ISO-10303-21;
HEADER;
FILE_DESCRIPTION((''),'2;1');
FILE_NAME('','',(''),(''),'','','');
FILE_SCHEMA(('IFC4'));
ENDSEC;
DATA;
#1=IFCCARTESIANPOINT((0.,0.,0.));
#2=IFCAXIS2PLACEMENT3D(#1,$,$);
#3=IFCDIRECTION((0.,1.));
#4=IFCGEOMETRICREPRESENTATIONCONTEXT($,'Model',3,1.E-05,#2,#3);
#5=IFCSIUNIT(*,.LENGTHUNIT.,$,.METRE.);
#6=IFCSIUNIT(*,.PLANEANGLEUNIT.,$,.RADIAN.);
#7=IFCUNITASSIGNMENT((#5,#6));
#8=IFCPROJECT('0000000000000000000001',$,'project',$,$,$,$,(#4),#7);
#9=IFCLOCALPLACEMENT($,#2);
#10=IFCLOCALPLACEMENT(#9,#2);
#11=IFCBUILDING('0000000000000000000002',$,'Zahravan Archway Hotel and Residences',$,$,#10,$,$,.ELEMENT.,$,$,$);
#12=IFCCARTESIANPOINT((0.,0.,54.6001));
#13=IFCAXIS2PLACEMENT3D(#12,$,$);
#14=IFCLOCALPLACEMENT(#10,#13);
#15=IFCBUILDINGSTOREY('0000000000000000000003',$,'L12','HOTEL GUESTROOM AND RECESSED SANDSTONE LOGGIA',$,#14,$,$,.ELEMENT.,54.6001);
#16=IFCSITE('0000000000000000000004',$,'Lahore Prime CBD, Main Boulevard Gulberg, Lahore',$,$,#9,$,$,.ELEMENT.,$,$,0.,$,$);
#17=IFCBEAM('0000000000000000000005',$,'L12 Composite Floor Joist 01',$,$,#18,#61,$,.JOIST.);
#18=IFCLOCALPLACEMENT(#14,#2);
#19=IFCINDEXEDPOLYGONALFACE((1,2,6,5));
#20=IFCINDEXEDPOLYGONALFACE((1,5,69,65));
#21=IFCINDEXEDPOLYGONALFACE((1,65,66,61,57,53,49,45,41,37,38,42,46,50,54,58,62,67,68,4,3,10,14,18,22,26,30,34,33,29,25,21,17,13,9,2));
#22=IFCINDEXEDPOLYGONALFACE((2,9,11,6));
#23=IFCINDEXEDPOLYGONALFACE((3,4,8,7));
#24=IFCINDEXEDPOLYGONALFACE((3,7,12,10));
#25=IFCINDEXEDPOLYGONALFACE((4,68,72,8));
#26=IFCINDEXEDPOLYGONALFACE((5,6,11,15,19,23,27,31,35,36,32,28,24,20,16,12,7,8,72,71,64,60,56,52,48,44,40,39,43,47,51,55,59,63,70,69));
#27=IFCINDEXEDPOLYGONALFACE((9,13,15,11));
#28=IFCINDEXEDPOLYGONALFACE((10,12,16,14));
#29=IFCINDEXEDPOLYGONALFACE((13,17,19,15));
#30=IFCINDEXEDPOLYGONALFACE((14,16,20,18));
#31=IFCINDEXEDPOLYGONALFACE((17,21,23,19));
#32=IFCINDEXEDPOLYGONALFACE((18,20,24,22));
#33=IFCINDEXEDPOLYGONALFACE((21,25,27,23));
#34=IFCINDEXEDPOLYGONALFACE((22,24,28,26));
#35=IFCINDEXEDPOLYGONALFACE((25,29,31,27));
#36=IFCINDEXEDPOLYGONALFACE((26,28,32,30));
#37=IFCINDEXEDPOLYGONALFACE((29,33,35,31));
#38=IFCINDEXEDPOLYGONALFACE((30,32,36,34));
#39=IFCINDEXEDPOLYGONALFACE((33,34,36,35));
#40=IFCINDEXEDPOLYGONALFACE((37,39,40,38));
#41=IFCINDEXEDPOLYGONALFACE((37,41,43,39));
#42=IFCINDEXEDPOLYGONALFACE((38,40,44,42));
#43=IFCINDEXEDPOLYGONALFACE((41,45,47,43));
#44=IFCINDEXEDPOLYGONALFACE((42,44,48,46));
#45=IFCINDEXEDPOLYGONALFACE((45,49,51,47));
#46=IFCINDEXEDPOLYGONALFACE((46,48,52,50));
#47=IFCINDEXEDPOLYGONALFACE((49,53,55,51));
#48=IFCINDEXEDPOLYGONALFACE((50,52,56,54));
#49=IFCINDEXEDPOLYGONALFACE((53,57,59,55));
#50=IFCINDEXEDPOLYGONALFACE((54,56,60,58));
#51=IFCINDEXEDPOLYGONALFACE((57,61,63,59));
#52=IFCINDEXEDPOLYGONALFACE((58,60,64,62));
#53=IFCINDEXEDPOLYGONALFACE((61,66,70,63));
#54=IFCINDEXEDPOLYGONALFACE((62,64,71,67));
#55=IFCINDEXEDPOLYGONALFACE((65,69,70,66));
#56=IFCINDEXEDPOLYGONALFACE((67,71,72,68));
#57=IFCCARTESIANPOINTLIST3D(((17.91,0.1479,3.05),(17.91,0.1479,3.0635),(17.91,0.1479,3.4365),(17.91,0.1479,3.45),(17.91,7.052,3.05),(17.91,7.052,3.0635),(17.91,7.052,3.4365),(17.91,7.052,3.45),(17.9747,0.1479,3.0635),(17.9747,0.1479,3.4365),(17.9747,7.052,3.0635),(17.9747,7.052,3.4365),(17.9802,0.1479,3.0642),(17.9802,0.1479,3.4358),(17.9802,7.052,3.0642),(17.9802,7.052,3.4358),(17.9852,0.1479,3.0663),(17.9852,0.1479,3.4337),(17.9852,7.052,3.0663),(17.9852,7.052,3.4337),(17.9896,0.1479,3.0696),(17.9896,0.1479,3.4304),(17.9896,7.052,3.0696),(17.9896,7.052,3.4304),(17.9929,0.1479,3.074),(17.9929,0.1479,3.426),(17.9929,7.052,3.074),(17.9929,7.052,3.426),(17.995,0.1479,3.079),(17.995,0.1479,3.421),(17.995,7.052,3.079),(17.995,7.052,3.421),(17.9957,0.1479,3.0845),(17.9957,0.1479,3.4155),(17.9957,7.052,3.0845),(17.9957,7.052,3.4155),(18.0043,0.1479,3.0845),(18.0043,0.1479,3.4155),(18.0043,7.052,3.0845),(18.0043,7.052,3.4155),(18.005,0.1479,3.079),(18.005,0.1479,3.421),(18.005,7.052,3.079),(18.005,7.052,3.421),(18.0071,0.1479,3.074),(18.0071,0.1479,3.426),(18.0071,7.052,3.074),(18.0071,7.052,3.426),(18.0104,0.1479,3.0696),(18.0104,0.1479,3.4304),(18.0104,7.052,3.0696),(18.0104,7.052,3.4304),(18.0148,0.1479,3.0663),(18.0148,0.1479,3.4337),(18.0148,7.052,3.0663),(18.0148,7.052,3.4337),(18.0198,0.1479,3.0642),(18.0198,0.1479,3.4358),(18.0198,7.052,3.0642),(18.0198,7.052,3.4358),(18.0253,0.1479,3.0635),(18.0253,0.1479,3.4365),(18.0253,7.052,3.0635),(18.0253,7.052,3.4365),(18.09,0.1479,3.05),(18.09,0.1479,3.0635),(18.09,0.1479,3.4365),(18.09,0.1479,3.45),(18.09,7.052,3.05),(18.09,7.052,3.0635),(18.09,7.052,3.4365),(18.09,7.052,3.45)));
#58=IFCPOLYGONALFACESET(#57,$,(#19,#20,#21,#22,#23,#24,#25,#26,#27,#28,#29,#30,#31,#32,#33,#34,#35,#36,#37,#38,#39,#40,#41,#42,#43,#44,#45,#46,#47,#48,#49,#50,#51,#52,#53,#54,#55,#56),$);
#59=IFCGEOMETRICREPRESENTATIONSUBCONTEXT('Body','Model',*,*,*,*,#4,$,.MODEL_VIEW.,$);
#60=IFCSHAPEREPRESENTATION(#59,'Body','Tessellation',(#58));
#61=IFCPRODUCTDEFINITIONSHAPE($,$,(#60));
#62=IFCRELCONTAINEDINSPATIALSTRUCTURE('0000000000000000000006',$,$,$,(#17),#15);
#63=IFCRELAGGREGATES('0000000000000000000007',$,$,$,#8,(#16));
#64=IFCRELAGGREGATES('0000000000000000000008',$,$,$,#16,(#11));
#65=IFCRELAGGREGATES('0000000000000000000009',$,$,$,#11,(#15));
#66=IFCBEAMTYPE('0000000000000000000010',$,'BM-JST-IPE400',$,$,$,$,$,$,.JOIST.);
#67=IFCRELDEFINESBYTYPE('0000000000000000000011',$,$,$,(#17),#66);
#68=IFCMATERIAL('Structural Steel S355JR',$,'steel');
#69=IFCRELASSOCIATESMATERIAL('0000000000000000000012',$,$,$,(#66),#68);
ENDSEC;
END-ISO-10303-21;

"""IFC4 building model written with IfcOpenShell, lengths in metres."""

from ifc_helpers import new_model, si_unit, direction, frame, origin, origin_2d, place, context, subcontext, project, spatial, i_section, extrude, source, transform, mapped, material, material_profile, profile_set, type_object, type_shapes, element, save


model = new_model("IFC4")

# Units and contexts
model_context = context("Model", 3, precision=1e-05, world=origin(), true_north=direction((0.0, 1.0)))
body_context = subcontext(model_context, "Body", "Model", "MODEL_VIEW")
ifc_project = project(units=[si_unit("LENGTHUNIT", "METRE"), si_unit("PLANEANGLEUNIT", "RADIAN")], contexts=[model_context])

# Site, building, storey
site_placement = place(None, origin())
site = spatial("IfcSite", under=ifc_project, at=site_placement, Name="Lahore Prime CBD, Main Boulevard Gulberg, Lahore", CompositionType="ELEMENT", RefElevation=0.0)
building_placement = place(site_placement, origin())
building = spatial("IfcBuilding", under=site, at=building_placement, Name="Zahravan Archway Hotel and Residences", CompositionType="ELEMENT")
storey_placement = place(building_placement, frame((0.0, 0.0, 54.6001)))
storey = spatial("IfcBuildingStorey", under=building, at=storey_placement, Name="L12", Description="HOTEL GUESTROOM AND RECESSED SANDSTONE LOGGIA", CompositionType="ELEMENT", Elevation=54.6001)

# Beam
ifc_material_1 = material(Name="Structural Steel S355JR", Category="steel")
ifc_material_profile = material_profile(ifc_material_1, i_section(OverallWidth=0.1799, OverallDepth=0.3999, WebThickness=0.0085, FlangeThickness=0.0134, FilletRadius=0.021, at=origin_2d()), Name="IPE 400", Category="steel")
ifc_profile_set = profile_set([ifc_material_profile], Name="Structural Steel S355JR")
beam_type = type_object("IfcBeamType", Name="BM-JST-IPE400", PredefinedType="JOIST", material=ifc_profile_set)
shared_shape_1 = source(origin(), body_context, "Body", "SweptSolid", [
    extrude(i_section(OverallWidth=0.1799, OverallDepth=0.3999, WebThickness=0.0085, FlangeThickness=0.0134, FilletRadius=0.021, at=origin_2d()), origin(), (0.0, 0.0, 1.0), 6.9041),
])
type_shapes(beam_type, [shared_shape_1])
beam_placement = place(storey_placement, frame((18.0, 0.1479, 3.25), z_axis=(0.0, 1.0, 0.0), x_axis=(-1.0, 0.0, 0.0)))
element("IfcBeam", 1, at=beam_placement, inside=storey, type_object=beam_type, Name="L12 Composite Floor Joist 01", PredefinedType="JOIST", context=body_context, shape_type="MappedRepresentation", body=[
    mapped(shared_shape_1, transform((0.0, 0.0, 0.0), scale=1.0)),
])

save(model, "model.ifc")
